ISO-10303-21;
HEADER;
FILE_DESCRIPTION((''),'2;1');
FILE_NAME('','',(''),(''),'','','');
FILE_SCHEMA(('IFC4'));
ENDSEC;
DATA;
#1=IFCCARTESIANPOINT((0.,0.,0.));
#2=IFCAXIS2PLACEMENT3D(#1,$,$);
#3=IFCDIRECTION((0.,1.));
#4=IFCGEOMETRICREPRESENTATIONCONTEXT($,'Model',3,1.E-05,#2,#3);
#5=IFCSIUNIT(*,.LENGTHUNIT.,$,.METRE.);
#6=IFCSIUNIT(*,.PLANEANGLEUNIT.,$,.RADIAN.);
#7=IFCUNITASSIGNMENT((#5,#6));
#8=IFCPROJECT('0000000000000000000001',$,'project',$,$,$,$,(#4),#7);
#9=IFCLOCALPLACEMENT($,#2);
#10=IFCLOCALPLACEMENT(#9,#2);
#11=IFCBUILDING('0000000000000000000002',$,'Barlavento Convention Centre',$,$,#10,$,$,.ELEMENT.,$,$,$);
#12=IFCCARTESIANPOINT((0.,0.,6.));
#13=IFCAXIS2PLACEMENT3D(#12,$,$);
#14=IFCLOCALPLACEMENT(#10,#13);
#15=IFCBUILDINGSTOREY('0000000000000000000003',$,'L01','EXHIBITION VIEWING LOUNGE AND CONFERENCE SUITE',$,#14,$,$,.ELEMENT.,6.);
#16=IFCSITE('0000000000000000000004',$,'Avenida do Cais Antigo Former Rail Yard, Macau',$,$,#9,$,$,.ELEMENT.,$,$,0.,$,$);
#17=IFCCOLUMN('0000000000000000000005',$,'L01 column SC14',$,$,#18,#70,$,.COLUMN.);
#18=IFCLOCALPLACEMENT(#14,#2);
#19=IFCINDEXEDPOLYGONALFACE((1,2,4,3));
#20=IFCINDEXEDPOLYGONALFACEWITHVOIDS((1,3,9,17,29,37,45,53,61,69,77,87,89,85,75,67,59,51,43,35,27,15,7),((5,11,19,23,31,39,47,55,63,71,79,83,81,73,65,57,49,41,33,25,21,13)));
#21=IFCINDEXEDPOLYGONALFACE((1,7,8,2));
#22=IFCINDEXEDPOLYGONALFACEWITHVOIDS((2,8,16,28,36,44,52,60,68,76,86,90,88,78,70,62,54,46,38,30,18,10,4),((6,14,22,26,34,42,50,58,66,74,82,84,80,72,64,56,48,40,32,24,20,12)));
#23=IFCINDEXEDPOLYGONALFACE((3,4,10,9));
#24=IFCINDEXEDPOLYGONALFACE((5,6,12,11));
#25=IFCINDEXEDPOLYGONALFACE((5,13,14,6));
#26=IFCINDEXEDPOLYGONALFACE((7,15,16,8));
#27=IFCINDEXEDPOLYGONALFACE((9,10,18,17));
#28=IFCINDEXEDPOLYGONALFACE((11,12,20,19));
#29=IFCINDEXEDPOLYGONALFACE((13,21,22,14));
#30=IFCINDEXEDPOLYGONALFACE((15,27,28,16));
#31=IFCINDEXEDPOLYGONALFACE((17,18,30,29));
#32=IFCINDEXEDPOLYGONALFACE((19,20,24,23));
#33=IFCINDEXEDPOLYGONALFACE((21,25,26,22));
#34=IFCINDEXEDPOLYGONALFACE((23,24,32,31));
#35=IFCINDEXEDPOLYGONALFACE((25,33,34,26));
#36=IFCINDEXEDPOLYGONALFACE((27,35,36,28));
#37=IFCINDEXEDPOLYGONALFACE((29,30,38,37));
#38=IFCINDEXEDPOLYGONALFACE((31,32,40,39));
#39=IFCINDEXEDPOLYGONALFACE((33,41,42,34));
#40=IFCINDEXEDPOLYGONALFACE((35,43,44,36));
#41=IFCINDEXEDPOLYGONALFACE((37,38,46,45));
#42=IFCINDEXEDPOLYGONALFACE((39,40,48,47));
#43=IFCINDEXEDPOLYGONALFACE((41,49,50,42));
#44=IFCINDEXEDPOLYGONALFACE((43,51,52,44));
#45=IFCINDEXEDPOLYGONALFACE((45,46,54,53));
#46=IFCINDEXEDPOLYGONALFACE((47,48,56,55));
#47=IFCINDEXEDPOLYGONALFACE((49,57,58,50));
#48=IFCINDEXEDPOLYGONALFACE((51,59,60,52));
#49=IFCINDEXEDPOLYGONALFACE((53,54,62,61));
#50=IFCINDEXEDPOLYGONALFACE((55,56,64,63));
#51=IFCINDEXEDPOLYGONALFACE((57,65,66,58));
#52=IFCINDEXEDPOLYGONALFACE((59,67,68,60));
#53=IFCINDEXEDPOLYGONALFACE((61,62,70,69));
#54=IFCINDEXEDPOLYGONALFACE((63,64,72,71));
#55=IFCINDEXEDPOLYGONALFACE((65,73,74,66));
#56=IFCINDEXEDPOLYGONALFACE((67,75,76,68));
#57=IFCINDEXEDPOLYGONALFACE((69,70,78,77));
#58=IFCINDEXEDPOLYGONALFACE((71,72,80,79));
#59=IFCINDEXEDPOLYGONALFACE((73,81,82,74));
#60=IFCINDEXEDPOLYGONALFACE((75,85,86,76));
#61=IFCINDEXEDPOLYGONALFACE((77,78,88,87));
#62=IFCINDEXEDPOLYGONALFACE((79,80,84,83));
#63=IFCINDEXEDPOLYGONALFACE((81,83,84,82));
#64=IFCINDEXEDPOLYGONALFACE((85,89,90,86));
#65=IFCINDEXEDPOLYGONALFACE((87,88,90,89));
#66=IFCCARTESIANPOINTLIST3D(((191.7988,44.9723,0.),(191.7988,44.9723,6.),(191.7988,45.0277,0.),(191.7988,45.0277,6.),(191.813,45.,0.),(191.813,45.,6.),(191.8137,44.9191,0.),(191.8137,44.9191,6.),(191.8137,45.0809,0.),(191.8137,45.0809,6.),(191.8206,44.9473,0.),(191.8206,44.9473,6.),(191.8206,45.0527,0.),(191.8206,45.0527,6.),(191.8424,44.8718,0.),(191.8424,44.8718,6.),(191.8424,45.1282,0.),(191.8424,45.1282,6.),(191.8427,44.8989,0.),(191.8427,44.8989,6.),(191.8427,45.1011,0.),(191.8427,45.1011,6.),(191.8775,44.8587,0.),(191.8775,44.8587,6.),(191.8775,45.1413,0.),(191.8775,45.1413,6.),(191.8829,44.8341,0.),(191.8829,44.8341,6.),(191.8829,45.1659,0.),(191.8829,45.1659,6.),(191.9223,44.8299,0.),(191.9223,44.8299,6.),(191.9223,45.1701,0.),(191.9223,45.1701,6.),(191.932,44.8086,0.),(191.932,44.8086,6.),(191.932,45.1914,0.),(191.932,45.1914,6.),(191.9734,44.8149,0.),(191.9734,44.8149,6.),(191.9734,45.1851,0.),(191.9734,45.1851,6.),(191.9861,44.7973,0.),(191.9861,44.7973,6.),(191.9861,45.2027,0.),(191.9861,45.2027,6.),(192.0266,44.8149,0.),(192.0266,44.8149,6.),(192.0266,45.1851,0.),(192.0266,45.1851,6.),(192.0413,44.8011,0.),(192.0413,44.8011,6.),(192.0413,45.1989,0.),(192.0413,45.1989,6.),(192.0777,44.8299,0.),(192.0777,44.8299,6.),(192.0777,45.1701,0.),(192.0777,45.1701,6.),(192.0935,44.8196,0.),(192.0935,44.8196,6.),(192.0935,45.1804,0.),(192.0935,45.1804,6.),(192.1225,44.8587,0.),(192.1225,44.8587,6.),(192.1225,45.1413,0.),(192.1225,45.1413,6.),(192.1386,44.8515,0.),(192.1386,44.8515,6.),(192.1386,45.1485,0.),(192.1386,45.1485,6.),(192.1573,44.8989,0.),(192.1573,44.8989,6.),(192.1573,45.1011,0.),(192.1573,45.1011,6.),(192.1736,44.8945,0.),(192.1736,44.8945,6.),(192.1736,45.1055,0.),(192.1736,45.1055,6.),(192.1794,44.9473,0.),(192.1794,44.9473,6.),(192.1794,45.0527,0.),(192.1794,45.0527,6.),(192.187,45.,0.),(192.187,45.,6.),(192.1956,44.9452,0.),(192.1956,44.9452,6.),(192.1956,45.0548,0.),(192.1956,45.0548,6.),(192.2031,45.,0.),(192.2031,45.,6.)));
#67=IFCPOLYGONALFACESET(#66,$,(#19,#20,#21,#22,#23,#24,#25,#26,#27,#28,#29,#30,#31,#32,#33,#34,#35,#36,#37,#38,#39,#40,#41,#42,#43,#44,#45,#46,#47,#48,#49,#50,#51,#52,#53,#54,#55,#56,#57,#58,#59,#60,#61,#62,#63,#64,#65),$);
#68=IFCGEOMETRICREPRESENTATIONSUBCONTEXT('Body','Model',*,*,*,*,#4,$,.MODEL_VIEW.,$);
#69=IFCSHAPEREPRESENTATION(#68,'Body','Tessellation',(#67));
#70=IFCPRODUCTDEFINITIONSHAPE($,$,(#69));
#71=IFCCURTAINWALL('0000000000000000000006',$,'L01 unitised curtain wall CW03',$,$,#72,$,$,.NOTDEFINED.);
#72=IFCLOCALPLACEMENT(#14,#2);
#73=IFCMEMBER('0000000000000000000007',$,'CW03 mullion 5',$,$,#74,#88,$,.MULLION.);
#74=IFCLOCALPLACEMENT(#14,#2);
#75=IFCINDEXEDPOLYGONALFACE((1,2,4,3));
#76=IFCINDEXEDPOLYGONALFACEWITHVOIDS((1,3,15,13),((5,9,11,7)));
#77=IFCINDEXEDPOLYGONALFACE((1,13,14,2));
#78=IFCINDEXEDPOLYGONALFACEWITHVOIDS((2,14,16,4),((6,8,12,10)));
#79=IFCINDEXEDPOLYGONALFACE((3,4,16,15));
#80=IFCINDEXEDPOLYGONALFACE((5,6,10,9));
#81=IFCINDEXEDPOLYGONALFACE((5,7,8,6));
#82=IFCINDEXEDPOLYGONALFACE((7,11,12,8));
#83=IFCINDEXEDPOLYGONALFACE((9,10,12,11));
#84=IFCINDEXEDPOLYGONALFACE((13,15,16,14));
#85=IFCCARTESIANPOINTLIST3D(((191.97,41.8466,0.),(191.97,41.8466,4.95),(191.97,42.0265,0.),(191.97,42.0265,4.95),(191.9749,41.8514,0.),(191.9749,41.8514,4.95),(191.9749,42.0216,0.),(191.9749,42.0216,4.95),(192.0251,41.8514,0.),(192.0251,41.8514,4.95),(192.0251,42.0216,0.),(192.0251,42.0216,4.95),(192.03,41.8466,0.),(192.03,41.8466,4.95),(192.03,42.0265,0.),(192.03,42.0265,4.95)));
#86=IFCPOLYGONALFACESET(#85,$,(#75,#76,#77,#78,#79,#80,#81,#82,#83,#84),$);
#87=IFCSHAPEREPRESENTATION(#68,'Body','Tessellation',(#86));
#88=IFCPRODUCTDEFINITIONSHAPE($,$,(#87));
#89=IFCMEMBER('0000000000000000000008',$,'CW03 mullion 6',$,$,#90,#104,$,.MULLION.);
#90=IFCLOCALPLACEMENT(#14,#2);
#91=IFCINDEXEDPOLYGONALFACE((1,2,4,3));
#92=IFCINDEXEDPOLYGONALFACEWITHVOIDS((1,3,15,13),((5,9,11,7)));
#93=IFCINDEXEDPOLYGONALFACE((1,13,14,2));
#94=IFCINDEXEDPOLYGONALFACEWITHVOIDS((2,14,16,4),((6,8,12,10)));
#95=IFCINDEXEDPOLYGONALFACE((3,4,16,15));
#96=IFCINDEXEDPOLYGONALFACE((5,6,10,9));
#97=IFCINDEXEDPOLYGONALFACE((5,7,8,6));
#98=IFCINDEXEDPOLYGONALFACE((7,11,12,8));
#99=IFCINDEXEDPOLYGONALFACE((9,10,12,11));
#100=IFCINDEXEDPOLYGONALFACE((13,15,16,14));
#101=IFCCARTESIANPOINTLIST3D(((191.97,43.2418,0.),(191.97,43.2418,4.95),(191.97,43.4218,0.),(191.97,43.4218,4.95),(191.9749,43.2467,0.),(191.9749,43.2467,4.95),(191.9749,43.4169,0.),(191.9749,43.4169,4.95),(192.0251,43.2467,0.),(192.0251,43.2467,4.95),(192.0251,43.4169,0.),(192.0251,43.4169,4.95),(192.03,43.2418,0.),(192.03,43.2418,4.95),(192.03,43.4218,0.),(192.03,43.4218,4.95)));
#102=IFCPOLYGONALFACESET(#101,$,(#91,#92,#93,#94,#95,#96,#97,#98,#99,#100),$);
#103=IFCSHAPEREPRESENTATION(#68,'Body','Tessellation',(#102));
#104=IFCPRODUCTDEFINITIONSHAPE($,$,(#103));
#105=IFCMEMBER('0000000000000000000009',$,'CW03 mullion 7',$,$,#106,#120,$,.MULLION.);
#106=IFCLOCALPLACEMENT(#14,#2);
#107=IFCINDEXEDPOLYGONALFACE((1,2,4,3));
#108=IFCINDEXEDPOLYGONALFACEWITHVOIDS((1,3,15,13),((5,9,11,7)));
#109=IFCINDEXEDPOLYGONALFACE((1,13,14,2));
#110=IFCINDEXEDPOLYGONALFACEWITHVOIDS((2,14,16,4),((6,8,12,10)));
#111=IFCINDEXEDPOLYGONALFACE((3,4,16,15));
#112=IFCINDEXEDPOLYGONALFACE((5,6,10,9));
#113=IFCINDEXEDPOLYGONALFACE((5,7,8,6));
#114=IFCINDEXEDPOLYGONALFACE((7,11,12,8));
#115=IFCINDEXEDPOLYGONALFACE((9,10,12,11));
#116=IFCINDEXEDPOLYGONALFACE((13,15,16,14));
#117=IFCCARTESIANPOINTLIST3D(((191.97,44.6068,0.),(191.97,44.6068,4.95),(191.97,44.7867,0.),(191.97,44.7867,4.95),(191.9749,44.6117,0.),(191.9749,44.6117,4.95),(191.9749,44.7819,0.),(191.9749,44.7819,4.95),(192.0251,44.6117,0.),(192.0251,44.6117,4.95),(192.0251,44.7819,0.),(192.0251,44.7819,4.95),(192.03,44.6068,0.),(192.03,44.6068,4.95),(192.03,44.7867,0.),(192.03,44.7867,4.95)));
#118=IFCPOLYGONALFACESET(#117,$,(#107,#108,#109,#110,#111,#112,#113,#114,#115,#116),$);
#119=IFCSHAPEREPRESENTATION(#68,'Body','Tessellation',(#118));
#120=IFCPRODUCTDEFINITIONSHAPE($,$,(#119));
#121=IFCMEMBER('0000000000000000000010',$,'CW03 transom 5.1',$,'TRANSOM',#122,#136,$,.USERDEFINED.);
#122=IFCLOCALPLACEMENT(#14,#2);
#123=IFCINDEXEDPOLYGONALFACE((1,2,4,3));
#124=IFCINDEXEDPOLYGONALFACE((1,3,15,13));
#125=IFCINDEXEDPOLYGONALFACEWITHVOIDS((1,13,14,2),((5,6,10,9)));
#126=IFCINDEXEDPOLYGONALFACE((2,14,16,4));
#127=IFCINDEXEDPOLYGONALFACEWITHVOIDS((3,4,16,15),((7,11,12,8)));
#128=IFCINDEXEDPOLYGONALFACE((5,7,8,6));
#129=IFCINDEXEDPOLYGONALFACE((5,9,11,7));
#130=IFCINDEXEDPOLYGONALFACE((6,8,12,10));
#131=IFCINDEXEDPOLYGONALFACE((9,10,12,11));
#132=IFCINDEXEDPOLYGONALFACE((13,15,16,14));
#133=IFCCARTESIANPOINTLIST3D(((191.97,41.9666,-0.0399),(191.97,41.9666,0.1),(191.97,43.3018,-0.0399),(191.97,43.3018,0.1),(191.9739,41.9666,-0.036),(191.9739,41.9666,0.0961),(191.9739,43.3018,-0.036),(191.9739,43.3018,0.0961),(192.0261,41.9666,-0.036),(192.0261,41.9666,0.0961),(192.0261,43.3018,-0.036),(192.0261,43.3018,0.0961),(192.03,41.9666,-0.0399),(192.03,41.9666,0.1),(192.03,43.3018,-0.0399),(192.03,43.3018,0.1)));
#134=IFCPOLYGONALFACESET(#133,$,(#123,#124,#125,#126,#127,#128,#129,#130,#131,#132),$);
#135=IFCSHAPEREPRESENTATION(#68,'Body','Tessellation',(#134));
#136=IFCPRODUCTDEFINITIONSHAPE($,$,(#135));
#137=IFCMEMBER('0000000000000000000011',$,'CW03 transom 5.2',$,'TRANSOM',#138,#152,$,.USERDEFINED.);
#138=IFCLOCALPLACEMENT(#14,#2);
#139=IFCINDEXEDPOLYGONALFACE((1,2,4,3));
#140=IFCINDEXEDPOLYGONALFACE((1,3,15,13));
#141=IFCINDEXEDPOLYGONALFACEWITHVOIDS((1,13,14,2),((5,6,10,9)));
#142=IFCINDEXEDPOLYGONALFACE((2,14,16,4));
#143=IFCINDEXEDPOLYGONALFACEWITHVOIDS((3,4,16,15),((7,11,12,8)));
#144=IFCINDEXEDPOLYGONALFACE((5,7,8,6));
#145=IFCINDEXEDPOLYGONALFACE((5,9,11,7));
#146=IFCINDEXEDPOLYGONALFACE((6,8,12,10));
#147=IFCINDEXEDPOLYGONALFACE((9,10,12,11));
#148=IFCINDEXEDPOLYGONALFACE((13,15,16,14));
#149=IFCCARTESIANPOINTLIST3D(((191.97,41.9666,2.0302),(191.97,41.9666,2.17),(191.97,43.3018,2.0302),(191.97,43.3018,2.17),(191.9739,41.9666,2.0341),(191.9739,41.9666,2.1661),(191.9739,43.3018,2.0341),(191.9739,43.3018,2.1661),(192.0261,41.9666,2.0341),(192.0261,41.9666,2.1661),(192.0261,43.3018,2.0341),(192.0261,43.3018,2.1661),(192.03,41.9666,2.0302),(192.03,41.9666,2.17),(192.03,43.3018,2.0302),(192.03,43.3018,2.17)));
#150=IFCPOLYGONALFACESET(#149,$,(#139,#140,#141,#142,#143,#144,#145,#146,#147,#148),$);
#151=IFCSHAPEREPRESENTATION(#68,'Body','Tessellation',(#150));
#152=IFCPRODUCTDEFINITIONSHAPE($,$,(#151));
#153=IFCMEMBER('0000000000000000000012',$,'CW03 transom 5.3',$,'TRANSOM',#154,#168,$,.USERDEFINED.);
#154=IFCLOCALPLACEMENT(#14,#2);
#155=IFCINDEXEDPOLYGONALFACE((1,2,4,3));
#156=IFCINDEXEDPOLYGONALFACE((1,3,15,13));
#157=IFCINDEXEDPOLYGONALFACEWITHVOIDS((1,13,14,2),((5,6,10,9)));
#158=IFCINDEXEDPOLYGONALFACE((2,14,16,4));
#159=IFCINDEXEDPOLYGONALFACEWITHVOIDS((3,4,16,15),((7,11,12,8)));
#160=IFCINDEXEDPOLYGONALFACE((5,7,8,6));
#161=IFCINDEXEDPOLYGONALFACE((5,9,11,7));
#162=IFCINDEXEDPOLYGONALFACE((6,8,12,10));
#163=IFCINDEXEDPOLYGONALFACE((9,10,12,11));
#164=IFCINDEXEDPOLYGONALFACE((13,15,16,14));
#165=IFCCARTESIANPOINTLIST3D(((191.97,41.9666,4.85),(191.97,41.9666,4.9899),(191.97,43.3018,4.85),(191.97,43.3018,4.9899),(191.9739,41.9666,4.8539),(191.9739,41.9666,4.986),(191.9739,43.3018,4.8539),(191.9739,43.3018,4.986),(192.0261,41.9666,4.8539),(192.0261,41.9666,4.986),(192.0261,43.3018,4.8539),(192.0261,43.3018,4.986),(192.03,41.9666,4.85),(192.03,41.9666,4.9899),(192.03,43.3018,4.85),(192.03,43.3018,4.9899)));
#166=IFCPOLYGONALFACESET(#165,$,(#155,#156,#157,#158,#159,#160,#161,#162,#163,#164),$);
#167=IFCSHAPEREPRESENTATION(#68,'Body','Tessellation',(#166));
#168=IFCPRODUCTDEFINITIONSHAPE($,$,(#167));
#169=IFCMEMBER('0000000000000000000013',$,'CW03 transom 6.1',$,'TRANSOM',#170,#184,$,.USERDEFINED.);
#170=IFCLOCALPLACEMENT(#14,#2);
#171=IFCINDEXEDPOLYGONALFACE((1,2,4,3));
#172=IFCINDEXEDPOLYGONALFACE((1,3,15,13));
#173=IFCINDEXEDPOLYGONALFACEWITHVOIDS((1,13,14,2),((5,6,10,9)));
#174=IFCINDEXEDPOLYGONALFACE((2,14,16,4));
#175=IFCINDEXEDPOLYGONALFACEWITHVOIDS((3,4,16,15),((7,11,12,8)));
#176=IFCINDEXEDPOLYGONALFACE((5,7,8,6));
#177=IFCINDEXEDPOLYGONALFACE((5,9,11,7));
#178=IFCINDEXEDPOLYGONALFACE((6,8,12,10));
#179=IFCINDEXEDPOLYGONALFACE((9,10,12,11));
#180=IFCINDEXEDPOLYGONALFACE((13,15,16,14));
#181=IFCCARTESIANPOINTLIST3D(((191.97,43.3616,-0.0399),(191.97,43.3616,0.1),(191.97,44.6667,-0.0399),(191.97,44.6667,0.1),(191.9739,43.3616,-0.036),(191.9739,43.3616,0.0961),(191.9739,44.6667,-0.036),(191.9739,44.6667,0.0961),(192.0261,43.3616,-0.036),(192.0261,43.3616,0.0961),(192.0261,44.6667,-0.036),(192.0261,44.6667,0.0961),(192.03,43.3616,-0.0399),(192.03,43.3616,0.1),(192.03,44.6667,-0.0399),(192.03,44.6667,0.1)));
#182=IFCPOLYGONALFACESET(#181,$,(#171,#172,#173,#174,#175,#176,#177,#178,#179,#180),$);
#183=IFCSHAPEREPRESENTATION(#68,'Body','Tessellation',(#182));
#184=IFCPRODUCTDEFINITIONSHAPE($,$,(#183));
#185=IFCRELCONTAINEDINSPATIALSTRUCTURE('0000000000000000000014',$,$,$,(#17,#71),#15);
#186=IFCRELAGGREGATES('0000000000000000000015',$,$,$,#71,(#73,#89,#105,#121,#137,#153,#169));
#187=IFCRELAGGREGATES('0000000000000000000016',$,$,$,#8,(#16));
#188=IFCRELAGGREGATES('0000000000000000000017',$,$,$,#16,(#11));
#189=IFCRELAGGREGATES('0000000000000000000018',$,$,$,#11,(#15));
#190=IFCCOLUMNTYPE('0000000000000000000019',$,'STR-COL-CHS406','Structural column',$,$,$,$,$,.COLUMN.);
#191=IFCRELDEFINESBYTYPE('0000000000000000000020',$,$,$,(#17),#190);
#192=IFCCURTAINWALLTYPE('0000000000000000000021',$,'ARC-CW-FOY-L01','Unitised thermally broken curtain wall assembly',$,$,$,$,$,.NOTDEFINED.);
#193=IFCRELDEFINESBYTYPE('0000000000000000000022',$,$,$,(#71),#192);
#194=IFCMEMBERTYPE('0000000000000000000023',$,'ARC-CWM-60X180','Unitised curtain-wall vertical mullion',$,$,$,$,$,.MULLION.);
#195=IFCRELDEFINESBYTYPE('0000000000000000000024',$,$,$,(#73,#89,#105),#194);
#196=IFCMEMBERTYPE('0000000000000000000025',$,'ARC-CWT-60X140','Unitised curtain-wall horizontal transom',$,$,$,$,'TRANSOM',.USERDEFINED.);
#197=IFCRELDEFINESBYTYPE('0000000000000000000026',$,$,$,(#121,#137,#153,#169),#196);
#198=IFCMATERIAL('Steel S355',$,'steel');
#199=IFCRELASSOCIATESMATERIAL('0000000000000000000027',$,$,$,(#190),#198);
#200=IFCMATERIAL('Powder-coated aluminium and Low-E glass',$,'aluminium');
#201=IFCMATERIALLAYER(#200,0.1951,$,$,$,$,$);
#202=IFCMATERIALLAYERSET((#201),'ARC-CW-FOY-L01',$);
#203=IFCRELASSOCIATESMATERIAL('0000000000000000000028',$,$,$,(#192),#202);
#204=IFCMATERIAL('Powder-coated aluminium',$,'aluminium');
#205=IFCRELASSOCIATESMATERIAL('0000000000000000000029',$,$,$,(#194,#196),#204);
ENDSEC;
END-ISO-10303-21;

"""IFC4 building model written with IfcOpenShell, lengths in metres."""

from ifc_helpers import new_model, si_unit, direction, frame, origin, origin_2d, place, context, subcontext, project, spatial, hollow_rectangle, hollow_circle, extrude, material, layer, layer_set, material_profile, profile_set, type_object, element, aggregate, save


model = new_model("IFC4")

# Units and contexts
model_context = context("Model", 3, precision=1e-05, world=origin(), true_north=direction((0.0, 1.0)))
body_context = subcontext(model_context, "Body", "Model", "MODEL_VIEW")
ifc_project = project(units=[si_unit("LENGTHUNIT", "METRE"), si_unit("PLANEANGLEUNIT", "RADIAN")], contexts=[model_context])

# Site, building, storey
site_placement = place(None, origin())
site = spatial("IfcSite", under=ifc_project, at=site_placement, Name="Avenida do Cais Antigo Former Rail Yard, Macau", CompositionType="ELEMENT", RefElevation=0.0)
building_placement = place(site_placement, origin())
building = spatial("IfcBuilding", under=site, at=building_placement, Name="Barlavento Convention Centre", CompositionType="ELEMENT")
storey_placement = place(building_placement, frame((0.0, 0.0, 6.0)))
storey = spatial("IfcBuildingStorey", under=building, at=storey_placement, Name="L01", Description="EXHIBITION VIEWING LOUNGE AND CONFERENCE SUITE", CompositionType="ELEMENT", Elevation=6.0)

# Column
ifc_material_1 = material(Name="Steel S355", Category="steel")
ifc_material_profile_1 = material_profile(ifc_material_1, hollow_circle(Radius=0.2031, WallThickness=0.0161, at=origin_2d()), Name="CHS 406.4x16.0")
ifc_profile_set_1 = profile_set([ifc_material_profile_1], Name="Steel S355")
column_type = type_object("IfcColumnType", Name="STR-COL-CHS406", Description="Structural column", PredefinedType="COLUMN", material=ifc_profile_set_1)
column_placement = place(storey_placement, frame((192.0, 45.0, 0.0), z_axis=(0.0, 0.0, 1.0), x_axis=(1.0, 0.0, 0.0)))
element("IfcColumn", 1, at=column_placement, inside=storey, type_object=column_type, Name="L01 column SC14", PredefinedType="COLUMN", context=body_context, shape_type="SweptSolid", body=[
    extrude(hollow_circle(Radius=0.2031, WallThickness=0.0161, at=origin_2d()), origin(), (0.0, 0.0, 1.0), 6.0),
])

# Curtain wall, members
ifc_material_2 = material(Name="Powder-coated aluminium and Low-E glass", Category="aluminium")
ifc_layer_1 = layer(ifc_material_2, 0.1951)
ifc_layer_set_1 = layer_set([ifc_layer_1], Name="ARC-CW-FOY-L01")
curtain_wall_type = type_object("IfcCurtainWallType", Name="ARC-CW-FOY-L01", Description="Unitised thermally broken curtain wall assembly", PredefinedType="NOTDEFINED", material=ifc_layer_set_1)
curtain_wall_placement = place(storey_placement, origin())
curtain_wall = element("IfcCurtainWall", 2, at=curtain_wall_placement, inside=storey, type_object=curtain_wall_type, Name="L01 unitised curtain wall CW03", PredefinedType="NOTDEFINED")
ifc_material_3 = material(Name="Powder-coated aluminium", Category="aluminium")
ifc_material_profile_2 = material_profile(ifc_material_3, hollow_rectangle(XDim=0.0601, YDim=0.1799, WallThickness=0.0049, at=origin_2d()), Name="AL-MULL 60x180x5")
ifc_profile_set_2 = profile_set([ifc_material_profile_2], Name="Powder-coated aluminium")
member_type_1 = type_object("IfcMemberType", Name="ARC-CWM-60X180", Description="Unitised curtain-wall vertical mullion", PredefinedType="MULLION", material=ifc_profile_set_2)
member_1_placement = place(storey_placement, frame((192.0, 41.9365, 0.0), z_axis=(0.0, 0.0, 1.0), x_axis=(-1.0, 0.0, 0.0)))
member_1 = element("IfcMember", 3, at=member_1_placement, type_object=member_type_1, Name="CW03 mullion 5", PredefinedType="MULLION", context=body_context, shape_type="SweptSolid", body=[
    extrude(hollow_rectangle(XDim=0.0601, YDim=0.1799, WallThickness=0.0049, at=origin_2d()), origin(), (0.0, 0.0, 1.0), 4.95),
])
member_2_placement = place(storey_placement, frame((192.0, 43.3318, 0.0), z_axis=(0.0, 0.0, 1.0), x_axis=(-1.0, 0.0, 0.0)))
member_2 = element("IfcMember", 4, at=member_2_placement, type_object=member_type_1, Name="CW03 mullion 6", PredefinedType="MULLION", context=body_context, shape_type="SweptSolid", body=[
    extrude(hollow_rectangle(XDim=0.0601, YDim=0.1799, WallThickness=0.0049, at=origin_2d()), origin(), (0.0, 0.0, 1.0), 4.95),
])
member_3_placement = place(storey_placement, frame((192.0, 44.6968, 0.0), z_axis=(0.0, 0.0, 1.0), x_axis=(-1.0, 0.0, 0.0)))
member_3 = element("IfcMember", 5, at=member_3_placement, type_object=member_type_1, Name="CW03 mullion 7", PredefinedType="MULLION", context=body_context, shape_type="SweptSolid", body=[
    extrude(hollow_rectangle(XDim=0.0601, YDim=0.1799, WallThickness=0.0049, at=origin_2d()), origin(), (0.0, 0.0, 1.0), 4.95),
])
ifc_material_profile_3 = material_profile(ifc_material_3, hollow_rectangle(XDim=0.0601, YDim=0.1399, WallThickness=0.0039, at=origin_2d()), Name="AL-TRAN 60x140x4")
ifc_profile_set_3 = profile_set([ifc_material_profile_3], Name="Powder-coated aluminium")
member_type_2 = type_object("IfcMemberType", Name="ARC-CWT-60X140", Description="Unitised curtain-wall horizontal transom", ElementType="TRANSOM", PredefinedType="USERDEFINED", material=ifc_profile_set_3)
member_4_placement = place(storey_placement, frame((192.0, 41.9666, 0.03), z_axis=(0.0, 1.0, 0.0), x_axis=(-1.0, 0.0, 0.0)))
member_4 = element("IfcMember", 6, at=member_4_placement, type_object=member_type_2, Name="CW03 transom 5.1", ObjectType="TRANSOM", PredefinedType="USERDEFINED", context=body_context, shape_type="SweptSolid", body=[
    extrude(hollow_rectangle(XDim=0.0601, YDim=0.1399, WallThickness=0.0039, at=origin_2d()), origin(), (0.0, 0.0, 1.0), 1.3352),
])
member_5_placement = place(storey_placement, frame((192.0, 41.9666, 2.1001), z_axis=(0.0, 1.0, 0.0), x_axis=(-1.0, 0.0, 0.0)))
member_5 = element("IfcMember", 7, at=member_5_placement, type_object=member_type_2, Name="CW03 transom 5.2", ObjectType="TRANSOM", PredefinedType="USERDEFINED", context=body_context, shape_type="SweptSolid", body=[
    extrude(hollow_rectangle(XDim=0.0601, YDim=0.1399, WallThickness=0.0039, at=origin_2d()), origin(), (0.0, 0.0, 1.0), 1.3352),
])
member_6_placement = place(storey_placement, frame((192.0, 41.9666, 4.9199), z_axis=(0.0, 1.0, 0.0), x_axis=(-1.0, 0.0, 0.0)))
member_6 = element("IfcMember", 8, at=member_6_placement, type_object=member_type_2, Name="CW03 transom 5.3", ObjectType="TRANSOM", PredefinedType="USERDEFINED", context=body_context, shape_type="SweptSolid", body=[
    extrude(hollow_rectangle(XDim=0.0601, YDim=0.1399, WallThickness=0.0039, at=origin_2d()), origin(), (0.0, 0.0, 1.0), 1.3352),
])
member_7_placement = place(storey_placement, frame((192.0, 43.3616, 0.03), z_axis=(0.0, 1.0, 0.0), x_axis=(-1.0, 0.0, 0.0)))
member_7 = element("IfcMember", 9, at=member_7_placement, type_object=member_type_2, Name="CW03 transom 6.1", ObjectType="TRANSOM", PredefinedType="USERDEFINED", context=body_context, shape_type="SweptSolid", body=[
    extrude(hollow_rectangle(XDim=0.0601, YDim=0.1399, WallThickness=0.0039, at=origin_2d()), origin(), (0.0, 0.0, 1.0), 1.3052),
])

aggregate(curtain_wall, [member_1, member_2, member_3, member_4, member_5, member_6, member_7])

save(model, "model.ifc")
